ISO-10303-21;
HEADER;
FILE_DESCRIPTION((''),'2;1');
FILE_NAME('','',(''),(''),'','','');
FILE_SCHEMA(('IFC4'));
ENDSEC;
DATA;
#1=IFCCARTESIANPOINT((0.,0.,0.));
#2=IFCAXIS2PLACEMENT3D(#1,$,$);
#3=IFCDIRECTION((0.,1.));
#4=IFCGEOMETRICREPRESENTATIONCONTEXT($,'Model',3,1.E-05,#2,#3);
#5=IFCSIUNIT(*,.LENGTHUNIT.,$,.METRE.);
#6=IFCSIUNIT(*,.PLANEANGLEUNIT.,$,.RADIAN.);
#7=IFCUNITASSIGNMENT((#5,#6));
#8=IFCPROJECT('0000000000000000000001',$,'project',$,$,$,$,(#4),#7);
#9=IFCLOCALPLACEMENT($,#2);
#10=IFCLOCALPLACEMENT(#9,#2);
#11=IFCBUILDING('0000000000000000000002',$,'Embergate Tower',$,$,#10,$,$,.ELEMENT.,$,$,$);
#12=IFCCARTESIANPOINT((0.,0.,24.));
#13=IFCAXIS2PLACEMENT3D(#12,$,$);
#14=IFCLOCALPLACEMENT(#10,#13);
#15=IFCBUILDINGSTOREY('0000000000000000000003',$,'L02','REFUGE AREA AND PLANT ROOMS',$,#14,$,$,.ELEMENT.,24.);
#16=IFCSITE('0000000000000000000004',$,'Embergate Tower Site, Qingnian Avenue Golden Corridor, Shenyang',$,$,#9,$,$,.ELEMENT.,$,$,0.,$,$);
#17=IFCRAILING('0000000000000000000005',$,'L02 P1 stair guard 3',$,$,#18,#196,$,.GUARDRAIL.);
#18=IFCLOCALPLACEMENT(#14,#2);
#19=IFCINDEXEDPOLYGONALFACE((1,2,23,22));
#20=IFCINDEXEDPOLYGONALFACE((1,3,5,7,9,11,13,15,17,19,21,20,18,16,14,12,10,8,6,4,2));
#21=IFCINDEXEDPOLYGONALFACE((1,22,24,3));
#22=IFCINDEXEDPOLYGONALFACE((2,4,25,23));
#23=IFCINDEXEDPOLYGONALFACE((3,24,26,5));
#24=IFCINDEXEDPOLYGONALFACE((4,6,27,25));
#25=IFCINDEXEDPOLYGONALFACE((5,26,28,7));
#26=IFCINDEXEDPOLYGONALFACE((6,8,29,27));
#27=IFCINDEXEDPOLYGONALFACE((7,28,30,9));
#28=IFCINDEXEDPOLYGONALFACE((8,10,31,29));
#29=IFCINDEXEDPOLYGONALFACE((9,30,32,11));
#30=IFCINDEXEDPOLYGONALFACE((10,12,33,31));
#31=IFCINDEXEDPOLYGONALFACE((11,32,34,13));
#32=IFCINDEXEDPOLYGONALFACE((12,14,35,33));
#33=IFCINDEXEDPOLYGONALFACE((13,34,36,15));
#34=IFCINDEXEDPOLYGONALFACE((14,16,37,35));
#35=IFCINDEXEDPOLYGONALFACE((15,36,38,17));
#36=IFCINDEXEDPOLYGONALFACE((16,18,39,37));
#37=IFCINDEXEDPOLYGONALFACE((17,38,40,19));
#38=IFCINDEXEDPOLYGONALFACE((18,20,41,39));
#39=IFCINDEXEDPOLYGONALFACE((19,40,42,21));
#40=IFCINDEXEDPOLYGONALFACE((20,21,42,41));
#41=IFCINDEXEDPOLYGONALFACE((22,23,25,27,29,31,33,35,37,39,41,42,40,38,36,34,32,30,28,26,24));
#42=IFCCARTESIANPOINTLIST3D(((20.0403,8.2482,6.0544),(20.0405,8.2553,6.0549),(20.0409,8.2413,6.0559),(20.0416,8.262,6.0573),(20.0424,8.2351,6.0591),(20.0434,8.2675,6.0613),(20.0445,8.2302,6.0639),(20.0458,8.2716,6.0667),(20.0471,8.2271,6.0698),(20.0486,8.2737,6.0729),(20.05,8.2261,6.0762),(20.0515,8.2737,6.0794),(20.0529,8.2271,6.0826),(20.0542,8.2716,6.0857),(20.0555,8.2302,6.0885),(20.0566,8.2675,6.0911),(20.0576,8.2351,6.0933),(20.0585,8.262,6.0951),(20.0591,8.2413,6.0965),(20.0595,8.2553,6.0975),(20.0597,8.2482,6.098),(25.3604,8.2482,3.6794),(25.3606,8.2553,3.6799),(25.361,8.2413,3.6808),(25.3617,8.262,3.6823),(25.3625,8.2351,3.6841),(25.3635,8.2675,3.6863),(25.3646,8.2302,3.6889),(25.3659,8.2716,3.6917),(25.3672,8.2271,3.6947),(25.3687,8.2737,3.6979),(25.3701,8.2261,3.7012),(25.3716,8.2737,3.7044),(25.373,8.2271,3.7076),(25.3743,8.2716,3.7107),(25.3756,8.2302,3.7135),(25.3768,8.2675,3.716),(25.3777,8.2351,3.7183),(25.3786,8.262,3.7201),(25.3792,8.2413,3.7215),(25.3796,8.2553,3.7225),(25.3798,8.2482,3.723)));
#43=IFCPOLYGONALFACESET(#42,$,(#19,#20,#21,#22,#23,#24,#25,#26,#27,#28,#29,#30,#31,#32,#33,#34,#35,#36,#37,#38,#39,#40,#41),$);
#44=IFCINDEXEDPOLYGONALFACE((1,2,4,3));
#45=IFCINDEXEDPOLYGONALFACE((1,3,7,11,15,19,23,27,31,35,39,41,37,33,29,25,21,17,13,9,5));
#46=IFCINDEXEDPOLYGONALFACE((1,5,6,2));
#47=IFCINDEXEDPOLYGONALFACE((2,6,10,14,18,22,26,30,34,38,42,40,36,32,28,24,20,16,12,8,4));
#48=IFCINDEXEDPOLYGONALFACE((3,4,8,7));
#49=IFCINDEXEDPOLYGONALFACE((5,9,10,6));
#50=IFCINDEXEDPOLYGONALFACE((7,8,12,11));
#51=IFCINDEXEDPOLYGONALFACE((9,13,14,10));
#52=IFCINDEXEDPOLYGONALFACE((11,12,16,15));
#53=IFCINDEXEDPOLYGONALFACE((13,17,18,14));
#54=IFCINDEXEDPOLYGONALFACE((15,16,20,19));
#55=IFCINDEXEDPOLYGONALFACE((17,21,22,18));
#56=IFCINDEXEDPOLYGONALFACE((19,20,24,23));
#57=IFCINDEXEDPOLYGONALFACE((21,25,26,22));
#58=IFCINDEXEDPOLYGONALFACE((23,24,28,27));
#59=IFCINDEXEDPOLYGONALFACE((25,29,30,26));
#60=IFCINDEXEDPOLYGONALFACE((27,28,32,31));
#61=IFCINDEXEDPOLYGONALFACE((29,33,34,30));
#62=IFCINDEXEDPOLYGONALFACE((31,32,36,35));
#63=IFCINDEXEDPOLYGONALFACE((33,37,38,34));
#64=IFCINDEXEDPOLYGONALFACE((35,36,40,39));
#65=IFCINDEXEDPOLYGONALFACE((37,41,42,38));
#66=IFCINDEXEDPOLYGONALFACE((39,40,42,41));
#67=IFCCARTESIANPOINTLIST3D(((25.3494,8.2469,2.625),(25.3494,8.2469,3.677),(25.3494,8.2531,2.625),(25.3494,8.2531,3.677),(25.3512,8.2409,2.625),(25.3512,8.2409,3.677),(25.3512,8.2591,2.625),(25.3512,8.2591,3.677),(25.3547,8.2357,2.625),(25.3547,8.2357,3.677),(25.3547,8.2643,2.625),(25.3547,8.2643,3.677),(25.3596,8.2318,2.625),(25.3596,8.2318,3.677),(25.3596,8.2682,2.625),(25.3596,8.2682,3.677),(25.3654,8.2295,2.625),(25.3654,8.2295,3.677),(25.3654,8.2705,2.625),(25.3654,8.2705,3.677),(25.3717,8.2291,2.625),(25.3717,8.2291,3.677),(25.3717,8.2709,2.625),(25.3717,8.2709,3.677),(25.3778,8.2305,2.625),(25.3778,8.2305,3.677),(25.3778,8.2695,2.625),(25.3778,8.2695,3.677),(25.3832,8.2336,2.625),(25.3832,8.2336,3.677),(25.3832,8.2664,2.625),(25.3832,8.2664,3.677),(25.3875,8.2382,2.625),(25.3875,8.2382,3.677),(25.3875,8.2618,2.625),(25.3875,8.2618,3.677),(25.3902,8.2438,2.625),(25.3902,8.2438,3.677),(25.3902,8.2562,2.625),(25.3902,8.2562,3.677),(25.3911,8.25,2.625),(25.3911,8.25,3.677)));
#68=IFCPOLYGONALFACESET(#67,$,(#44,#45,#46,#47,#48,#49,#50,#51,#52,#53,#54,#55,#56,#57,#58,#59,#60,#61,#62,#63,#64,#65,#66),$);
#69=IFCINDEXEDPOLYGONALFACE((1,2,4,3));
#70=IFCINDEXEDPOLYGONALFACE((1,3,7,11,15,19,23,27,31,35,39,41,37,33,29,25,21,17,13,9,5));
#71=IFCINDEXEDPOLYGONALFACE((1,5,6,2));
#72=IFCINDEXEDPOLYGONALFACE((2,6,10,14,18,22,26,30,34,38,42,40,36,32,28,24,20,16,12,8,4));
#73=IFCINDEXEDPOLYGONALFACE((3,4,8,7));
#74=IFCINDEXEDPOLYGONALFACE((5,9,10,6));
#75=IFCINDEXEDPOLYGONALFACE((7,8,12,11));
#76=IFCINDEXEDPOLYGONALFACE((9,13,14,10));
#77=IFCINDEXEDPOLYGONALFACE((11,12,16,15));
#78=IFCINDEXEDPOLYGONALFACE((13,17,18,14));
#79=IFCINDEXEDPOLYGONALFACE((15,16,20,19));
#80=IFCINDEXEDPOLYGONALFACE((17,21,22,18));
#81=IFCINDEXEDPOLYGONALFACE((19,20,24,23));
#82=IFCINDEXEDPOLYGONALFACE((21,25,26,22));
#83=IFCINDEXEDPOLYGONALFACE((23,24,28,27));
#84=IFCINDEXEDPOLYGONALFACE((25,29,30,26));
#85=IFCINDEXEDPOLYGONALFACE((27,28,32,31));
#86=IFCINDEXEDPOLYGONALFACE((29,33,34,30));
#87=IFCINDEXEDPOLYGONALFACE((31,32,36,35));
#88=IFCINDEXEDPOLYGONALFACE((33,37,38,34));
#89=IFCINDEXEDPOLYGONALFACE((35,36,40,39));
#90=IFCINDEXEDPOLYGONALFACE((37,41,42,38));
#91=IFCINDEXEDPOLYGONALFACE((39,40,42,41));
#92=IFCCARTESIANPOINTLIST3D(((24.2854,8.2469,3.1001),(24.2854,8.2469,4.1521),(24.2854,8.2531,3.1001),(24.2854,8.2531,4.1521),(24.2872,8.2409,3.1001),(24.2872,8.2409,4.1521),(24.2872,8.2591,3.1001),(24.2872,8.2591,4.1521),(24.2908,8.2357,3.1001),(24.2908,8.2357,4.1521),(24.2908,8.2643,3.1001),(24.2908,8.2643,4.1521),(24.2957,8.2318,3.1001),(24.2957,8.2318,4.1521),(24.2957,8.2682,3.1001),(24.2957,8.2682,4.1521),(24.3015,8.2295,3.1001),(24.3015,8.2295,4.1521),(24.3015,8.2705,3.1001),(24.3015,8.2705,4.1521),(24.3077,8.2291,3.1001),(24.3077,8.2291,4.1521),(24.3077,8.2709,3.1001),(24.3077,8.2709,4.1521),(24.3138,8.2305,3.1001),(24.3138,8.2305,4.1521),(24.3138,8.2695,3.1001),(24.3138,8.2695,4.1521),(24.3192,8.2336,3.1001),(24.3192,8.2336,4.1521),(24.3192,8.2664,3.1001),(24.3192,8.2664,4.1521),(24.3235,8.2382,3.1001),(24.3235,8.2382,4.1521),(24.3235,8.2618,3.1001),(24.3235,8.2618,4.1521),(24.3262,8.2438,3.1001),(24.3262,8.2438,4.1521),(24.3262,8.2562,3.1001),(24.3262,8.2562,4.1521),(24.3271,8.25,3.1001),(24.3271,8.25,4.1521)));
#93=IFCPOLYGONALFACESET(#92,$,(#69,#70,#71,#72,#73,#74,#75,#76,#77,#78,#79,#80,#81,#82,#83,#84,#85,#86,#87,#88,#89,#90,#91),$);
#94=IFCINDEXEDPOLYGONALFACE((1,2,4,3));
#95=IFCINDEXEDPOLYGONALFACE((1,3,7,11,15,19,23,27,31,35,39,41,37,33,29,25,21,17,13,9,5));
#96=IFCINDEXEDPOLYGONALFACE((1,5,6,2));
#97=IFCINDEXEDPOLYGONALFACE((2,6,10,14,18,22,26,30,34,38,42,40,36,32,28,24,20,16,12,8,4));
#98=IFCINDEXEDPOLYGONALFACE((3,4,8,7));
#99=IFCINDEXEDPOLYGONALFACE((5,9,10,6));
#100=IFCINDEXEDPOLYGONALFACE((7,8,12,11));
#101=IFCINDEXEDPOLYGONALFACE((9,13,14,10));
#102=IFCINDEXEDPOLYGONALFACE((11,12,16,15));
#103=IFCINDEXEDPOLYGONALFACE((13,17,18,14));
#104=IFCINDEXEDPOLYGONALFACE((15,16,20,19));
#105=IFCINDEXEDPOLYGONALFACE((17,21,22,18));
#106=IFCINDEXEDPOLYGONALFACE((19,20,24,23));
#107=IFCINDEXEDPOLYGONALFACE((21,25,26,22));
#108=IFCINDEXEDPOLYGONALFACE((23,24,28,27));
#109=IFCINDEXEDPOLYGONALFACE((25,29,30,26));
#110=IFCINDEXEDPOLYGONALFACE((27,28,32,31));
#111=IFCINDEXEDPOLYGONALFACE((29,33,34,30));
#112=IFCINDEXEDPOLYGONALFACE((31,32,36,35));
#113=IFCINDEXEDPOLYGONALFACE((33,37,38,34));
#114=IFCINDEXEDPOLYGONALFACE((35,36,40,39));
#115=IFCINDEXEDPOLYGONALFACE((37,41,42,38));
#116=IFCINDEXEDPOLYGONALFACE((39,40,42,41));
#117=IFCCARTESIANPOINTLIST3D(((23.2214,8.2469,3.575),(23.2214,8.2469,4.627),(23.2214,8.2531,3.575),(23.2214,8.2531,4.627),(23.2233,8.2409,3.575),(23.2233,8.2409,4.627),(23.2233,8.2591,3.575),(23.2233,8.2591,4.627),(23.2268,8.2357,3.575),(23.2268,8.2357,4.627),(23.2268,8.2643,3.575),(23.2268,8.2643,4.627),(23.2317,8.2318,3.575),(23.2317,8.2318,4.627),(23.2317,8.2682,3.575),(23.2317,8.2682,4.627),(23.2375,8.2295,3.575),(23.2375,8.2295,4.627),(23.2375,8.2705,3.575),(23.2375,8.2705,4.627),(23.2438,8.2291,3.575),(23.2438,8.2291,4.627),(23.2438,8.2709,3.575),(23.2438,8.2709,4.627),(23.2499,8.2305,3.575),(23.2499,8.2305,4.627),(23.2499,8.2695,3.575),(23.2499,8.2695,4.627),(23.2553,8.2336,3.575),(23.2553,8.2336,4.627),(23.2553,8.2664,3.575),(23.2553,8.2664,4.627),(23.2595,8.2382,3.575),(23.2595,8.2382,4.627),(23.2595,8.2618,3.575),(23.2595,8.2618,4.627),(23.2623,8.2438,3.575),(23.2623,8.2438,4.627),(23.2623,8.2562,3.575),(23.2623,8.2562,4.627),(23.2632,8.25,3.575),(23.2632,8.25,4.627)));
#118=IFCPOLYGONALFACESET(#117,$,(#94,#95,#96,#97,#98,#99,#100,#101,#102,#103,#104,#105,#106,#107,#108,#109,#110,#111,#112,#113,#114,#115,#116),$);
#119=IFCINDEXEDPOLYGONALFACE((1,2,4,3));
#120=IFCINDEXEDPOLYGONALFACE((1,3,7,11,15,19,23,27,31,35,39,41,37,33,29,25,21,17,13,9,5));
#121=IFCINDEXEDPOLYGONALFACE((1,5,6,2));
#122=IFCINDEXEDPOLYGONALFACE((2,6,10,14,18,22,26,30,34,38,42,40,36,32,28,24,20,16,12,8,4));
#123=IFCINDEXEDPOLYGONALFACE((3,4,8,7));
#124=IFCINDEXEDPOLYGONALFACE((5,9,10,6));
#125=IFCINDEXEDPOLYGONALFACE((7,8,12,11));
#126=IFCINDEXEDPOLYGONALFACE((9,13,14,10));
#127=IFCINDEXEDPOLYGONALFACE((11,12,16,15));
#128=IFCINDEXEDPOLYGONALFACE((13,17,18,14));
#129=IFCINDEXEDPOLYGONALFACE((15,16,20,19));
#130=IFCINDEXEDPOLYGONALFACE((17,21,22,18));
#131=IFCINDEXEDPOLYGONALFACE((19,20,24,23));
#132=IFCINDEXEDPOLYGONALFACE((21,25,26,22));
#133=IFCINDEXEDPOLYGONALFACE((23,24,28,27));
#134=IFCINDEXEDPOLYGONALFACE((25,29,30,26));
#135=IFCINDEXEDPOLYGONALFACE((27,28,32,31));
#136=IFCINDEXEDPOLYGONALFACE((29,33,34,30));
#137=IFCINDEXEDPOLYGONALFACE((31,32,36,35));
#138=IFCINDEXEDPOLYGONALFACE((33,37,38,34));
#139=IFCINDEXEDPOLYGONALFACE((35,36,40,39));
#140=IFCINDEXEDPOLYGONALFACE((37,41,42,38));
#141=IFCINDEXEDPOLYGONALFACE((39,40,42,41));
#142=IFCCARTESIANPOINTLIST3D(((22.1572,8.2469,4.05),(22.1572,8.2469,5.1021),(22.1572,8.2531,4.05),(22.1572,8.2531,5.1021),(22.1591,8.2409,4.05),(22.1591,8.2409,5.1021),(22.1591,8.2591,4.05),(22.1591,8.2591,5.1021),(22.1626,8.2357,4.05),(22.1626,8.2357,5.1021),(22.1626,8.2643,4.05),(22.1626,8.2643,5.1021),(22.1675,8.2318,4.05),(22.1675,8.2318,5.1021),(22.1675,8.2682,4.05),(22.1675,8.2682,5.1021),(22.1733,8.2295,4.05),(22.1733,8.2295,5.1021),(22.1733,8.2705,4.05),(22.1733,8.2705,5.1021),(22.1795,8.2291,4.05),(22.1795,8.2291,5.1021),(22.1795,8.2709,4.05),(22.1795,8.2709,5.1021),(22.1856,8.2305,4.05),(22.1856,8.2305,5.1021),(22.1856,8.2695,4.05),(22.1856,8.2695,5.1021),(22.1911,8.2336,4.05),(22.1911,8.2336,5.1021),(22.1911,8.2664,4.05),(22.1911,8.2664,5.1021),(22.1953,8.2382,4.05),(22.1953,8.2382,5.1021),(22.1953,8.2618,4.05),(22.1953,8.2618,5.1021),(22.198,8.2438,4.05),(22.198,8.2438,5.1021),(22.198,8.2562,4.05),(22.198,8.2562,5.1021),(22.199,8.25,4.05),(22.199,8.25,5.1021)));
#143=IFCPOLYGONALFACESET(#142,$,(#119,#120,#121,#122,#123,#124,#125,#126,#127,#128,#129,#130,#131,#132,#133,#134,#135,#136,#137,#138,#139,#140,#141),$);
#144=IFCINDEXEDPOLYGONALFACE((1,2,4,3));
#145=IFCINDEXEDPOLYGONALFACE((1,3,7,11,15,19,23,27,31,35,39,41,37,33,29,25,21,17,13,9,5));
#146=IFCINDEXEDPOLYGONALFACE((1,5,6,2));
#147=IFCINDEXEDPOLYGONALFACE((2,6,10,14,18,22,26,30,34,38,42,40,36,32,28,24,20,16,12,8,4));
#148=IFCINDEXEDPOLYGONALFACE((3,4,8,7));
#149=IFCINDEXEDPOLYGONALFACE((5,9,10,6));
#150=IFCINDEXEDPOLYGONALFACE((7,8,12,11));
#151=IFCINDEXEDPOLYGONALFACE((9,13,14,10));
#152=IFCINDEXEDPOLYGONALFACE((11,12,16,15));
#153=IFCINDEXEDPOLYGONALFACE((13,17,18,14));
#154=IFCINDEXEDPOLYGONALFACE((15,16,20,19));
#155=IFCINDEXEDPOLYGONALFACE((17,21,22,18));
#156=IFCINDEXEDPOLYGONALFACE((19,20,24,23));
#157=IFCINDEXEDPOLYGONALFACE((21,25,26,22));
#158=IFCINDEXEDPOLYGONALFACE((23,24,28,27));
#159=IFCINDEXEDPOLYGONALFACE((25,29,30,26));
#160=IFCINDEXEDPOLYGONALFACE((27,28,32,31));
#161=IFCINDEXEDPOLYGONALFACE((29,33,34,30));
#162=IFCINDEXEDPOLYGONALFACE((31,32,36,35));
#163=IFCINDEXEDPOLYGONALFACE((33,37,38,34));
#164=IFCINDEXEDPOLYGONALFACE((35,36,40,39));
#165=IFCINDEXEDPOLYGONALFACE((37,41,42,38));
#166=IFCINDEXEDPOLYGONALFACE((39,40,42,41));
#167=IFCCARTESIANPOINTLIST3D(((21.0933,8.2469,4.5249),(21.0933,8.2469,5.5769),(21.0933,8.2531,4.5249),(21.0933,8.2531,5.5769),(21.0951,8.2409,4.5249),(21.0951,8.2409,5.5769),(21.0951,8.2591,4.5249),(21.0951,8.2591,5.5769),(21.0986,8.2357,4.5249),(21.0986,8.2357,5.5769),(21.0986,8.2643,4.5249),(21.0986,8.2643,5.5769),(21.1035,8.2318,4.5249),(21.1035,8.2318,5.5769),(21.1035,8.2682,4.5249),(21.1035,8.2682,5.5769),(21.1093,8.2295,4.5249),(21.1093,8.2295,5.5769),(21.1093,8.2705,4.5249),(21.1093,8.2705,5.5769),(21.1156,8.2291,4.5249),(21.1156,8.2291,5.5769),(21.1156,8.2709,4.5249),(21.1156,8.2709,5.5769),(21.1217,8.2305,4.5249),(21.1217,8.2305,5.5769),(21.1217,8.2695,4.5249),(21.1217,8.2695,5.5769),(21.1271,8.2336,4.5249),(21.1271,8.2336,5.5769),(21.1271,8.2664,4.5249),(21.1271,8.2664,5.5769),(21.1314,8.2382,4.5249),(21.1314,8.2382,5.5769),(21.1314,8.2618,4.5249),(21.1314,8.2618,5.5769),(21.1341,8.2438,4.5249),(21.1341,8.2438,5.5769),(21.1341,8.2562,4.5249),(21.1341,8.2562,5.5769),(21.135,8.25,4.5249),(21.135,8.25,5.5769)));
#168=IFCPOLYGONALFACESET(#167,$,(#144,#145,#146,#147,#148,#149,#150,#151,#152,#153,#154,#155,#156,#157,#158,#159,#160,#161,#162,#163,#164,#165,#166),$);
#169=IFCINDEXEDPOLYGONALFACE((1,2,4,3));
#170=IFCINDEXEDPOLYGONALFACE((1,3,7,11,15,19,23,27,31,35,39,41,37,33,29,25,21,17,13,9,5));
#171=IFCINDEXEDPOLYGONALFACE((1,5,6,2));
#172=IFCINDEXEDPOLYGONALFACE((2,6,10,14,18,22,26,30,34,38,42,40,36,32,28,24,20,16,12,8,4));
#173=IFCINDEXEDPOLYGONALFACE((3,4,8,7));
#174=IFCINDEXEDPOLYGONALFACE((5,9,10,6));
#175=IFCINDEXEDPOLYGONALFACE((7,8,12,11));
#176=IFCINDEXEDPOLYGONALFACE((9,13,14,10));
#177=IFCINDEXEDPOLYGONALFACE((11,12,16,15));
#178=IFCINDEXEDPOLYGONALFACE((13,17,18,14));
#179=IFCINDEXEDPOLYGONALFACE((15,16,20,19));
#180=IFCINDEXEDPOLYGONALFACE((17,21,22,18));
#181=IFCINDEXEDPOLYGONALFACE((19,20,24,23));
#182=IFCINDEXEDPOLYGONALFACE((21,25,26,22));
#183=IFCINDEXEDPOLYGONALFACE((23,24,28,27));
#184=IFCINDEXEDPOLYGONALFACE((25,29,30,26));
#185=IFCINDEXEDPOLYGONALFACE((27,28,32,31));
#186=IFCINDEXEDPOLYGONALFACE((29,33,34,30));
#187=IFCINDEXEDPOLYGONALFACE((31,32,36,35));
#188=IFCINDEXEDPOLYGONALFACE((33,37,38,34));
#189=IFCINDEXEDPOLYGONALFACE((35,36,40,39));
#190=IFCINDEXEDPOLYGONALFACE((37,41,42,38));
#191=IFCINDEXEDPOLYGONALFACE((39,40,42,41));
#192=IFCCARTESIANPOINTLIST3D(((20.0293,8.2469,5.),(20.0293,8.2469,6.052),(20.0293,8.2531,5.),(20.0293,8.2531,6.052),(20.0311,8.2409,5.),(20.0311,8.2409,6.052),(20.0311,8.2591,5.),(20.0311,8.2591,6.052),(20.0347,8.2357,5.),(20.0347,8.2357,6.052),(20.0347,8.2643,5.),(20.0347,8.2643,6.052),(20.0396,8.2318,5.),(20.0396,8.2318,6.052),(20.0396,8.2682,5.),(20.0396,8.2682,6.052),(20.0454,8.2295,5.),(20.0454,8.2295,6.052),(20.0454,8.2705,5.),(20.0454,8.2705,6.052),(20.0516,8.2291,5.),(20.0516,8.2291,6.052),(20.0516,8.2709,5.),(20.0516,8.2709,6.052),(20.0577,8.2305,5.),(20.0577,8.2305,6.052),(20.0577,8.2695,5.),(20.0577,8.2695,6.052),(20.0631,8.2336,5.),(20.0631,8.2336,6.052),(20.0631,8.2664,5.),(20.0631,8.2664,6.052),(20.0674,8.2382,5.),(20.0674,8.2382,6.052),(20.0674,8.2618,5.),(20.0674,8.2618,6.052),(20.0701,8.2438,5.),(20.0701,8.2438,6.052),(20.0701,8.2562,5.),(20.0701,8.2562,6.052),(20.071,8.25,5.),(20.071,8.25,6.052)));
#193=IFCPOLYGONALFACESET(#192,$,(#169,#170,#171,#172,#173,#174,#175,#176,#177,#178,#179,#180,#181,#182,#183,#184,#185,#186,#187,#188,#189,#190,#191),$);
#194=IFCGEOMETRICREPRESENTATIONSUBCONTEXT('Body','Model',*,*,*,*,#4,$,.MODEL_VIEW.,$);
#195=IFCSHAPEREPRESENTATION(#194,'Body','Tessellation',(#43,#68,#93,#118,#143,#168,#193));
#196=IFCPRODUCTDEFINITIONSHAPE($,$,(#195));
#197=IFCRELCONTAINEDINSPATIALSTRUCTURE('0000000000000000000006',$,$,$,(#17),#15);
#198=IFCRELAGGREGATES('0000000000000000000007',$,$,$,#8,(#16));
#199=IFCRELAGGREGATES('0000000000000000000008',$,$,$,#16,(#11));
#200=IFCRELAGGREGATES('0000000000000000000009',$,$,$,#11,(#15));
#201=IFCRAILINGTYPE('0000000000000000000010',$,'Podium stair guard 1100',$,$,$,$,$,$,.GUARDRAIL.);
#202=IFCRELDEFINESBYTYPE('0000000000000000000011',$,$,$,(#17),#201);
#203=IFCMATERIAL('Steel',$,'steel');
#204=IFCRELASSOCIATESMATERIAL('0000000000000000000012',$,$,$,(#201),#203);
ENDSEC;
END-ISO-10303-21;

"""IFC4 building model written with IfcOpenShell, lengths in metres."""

from ifc_helpers import new_model, si_unit, direction, frame, origin, origin_2d, place, context, subcontext, project, spatial, circle, extrude, source, transform, mapped, material, type_object, element, save


model = new_model("IFC4")

# Units and contexts
model_context = context("Model", 3, precision=1e-05, world=origin(), true_north=direction((0.0, 1.0)))
body_context = subcontext(model_context, "Body", "Model", "MODEL_VIEW")
ifc_project = project(units=[si_unit("LENGTHUNIT", "METRE"), si_unit("PLANEANGLEUNIT", "RADIAN")], contexts=[model_context])

# Site, building, storey
site_placement = place(None, origin())
site = spatial("IfcSite", under=ifc_project, at=site_placement, Name="Embergate Tower Site, Qingnian Avenue Golden Corridor, Shenyang", CompositionType="ELEMENT", RefElevation=0.0)
building_placement = place(site_placement, origin())
building = spatial("IfcBuilding", under=site, at=building_placement, Name="Embergate Tower", CompositionType="ELEMENT")
storey_placement = place(building_placement, frame((0.0, 0.0, 24.0)))
storey = spatial("IfcBuildingStorey", under=building, at=storey_placement, Name="L02", Description="REFUGE AREA AND PLANT ROOMS", CompositionType="ELEMENT", Elevation=24.0)

# Railing
ifc_material_1 = material(Name="Steel", Category="steel")
railing_type_1 = type_object("IfcRailingType", Name="Podium stair guard 1100", PredefinedType="GUARDRAIL", material=ifc_material_1)
shared_shape_1 = source(origin(), body_context, "Body", "SweptSolid", [
    extrude(circle(Radius=0.0239, at=origin_2d()), frame((0.0, 0.0, 1.0762), z_axis=(-0.91314, 0.0, 0.407646), x_axis=(0.0, -1.0, 0.0)), (0.0, 0.0, 1.0), 5.8262),
    extrude(circle(Radius=0.021, at=origin_2d()), origin(), (0.0, 0.0, 1.0), 1.052),
    extrude(circle(Radius=0.021, at=origin_2d()), frame((-1.064, 0.0, 0.4751)), (0.0, 0.0, 1.0), 1.052),
    extrude(circle(Radius=0.021, at=origin_2d()), frame((-2.1279, 0.0, 0.95)), (0.0, 0.0, 1.0), 1.052),
    extrude(circle(Radius=0.021, at=origin_2d()), frame((-3.1921, 0.0, 1.425)), (0.0, 0.0, 1.0), 1.052),
    extrude(circle(Radius=0.021, at=origin_2d()), frame((-4.2561, 0.0, 1.8999)), (0.0, 0.0, 1.0), 1.052),
    extrude(circle(Radius=0.021, at=origin_2d()), frame((-5.3201, 0.0, 2.375)), (0.0, 0.0, 1.0), 1.052),
])
railing_1_placement = place(storey_placement, frame((25.3701, 8.25, 2.625)))
element("IfcRailing", 1, at=railing_1_placement, inside=storey, type_object=railing_type_1, Name="L02 P1 stair guard 3", PredefinedType="GUARDRAIL", context=body_context, shape_type="MappedRepresentation", body=[
    mapped(shared_shape_1, transform((0.0, 0.0, 0.0))),
])

save(model, "model.ifc")
